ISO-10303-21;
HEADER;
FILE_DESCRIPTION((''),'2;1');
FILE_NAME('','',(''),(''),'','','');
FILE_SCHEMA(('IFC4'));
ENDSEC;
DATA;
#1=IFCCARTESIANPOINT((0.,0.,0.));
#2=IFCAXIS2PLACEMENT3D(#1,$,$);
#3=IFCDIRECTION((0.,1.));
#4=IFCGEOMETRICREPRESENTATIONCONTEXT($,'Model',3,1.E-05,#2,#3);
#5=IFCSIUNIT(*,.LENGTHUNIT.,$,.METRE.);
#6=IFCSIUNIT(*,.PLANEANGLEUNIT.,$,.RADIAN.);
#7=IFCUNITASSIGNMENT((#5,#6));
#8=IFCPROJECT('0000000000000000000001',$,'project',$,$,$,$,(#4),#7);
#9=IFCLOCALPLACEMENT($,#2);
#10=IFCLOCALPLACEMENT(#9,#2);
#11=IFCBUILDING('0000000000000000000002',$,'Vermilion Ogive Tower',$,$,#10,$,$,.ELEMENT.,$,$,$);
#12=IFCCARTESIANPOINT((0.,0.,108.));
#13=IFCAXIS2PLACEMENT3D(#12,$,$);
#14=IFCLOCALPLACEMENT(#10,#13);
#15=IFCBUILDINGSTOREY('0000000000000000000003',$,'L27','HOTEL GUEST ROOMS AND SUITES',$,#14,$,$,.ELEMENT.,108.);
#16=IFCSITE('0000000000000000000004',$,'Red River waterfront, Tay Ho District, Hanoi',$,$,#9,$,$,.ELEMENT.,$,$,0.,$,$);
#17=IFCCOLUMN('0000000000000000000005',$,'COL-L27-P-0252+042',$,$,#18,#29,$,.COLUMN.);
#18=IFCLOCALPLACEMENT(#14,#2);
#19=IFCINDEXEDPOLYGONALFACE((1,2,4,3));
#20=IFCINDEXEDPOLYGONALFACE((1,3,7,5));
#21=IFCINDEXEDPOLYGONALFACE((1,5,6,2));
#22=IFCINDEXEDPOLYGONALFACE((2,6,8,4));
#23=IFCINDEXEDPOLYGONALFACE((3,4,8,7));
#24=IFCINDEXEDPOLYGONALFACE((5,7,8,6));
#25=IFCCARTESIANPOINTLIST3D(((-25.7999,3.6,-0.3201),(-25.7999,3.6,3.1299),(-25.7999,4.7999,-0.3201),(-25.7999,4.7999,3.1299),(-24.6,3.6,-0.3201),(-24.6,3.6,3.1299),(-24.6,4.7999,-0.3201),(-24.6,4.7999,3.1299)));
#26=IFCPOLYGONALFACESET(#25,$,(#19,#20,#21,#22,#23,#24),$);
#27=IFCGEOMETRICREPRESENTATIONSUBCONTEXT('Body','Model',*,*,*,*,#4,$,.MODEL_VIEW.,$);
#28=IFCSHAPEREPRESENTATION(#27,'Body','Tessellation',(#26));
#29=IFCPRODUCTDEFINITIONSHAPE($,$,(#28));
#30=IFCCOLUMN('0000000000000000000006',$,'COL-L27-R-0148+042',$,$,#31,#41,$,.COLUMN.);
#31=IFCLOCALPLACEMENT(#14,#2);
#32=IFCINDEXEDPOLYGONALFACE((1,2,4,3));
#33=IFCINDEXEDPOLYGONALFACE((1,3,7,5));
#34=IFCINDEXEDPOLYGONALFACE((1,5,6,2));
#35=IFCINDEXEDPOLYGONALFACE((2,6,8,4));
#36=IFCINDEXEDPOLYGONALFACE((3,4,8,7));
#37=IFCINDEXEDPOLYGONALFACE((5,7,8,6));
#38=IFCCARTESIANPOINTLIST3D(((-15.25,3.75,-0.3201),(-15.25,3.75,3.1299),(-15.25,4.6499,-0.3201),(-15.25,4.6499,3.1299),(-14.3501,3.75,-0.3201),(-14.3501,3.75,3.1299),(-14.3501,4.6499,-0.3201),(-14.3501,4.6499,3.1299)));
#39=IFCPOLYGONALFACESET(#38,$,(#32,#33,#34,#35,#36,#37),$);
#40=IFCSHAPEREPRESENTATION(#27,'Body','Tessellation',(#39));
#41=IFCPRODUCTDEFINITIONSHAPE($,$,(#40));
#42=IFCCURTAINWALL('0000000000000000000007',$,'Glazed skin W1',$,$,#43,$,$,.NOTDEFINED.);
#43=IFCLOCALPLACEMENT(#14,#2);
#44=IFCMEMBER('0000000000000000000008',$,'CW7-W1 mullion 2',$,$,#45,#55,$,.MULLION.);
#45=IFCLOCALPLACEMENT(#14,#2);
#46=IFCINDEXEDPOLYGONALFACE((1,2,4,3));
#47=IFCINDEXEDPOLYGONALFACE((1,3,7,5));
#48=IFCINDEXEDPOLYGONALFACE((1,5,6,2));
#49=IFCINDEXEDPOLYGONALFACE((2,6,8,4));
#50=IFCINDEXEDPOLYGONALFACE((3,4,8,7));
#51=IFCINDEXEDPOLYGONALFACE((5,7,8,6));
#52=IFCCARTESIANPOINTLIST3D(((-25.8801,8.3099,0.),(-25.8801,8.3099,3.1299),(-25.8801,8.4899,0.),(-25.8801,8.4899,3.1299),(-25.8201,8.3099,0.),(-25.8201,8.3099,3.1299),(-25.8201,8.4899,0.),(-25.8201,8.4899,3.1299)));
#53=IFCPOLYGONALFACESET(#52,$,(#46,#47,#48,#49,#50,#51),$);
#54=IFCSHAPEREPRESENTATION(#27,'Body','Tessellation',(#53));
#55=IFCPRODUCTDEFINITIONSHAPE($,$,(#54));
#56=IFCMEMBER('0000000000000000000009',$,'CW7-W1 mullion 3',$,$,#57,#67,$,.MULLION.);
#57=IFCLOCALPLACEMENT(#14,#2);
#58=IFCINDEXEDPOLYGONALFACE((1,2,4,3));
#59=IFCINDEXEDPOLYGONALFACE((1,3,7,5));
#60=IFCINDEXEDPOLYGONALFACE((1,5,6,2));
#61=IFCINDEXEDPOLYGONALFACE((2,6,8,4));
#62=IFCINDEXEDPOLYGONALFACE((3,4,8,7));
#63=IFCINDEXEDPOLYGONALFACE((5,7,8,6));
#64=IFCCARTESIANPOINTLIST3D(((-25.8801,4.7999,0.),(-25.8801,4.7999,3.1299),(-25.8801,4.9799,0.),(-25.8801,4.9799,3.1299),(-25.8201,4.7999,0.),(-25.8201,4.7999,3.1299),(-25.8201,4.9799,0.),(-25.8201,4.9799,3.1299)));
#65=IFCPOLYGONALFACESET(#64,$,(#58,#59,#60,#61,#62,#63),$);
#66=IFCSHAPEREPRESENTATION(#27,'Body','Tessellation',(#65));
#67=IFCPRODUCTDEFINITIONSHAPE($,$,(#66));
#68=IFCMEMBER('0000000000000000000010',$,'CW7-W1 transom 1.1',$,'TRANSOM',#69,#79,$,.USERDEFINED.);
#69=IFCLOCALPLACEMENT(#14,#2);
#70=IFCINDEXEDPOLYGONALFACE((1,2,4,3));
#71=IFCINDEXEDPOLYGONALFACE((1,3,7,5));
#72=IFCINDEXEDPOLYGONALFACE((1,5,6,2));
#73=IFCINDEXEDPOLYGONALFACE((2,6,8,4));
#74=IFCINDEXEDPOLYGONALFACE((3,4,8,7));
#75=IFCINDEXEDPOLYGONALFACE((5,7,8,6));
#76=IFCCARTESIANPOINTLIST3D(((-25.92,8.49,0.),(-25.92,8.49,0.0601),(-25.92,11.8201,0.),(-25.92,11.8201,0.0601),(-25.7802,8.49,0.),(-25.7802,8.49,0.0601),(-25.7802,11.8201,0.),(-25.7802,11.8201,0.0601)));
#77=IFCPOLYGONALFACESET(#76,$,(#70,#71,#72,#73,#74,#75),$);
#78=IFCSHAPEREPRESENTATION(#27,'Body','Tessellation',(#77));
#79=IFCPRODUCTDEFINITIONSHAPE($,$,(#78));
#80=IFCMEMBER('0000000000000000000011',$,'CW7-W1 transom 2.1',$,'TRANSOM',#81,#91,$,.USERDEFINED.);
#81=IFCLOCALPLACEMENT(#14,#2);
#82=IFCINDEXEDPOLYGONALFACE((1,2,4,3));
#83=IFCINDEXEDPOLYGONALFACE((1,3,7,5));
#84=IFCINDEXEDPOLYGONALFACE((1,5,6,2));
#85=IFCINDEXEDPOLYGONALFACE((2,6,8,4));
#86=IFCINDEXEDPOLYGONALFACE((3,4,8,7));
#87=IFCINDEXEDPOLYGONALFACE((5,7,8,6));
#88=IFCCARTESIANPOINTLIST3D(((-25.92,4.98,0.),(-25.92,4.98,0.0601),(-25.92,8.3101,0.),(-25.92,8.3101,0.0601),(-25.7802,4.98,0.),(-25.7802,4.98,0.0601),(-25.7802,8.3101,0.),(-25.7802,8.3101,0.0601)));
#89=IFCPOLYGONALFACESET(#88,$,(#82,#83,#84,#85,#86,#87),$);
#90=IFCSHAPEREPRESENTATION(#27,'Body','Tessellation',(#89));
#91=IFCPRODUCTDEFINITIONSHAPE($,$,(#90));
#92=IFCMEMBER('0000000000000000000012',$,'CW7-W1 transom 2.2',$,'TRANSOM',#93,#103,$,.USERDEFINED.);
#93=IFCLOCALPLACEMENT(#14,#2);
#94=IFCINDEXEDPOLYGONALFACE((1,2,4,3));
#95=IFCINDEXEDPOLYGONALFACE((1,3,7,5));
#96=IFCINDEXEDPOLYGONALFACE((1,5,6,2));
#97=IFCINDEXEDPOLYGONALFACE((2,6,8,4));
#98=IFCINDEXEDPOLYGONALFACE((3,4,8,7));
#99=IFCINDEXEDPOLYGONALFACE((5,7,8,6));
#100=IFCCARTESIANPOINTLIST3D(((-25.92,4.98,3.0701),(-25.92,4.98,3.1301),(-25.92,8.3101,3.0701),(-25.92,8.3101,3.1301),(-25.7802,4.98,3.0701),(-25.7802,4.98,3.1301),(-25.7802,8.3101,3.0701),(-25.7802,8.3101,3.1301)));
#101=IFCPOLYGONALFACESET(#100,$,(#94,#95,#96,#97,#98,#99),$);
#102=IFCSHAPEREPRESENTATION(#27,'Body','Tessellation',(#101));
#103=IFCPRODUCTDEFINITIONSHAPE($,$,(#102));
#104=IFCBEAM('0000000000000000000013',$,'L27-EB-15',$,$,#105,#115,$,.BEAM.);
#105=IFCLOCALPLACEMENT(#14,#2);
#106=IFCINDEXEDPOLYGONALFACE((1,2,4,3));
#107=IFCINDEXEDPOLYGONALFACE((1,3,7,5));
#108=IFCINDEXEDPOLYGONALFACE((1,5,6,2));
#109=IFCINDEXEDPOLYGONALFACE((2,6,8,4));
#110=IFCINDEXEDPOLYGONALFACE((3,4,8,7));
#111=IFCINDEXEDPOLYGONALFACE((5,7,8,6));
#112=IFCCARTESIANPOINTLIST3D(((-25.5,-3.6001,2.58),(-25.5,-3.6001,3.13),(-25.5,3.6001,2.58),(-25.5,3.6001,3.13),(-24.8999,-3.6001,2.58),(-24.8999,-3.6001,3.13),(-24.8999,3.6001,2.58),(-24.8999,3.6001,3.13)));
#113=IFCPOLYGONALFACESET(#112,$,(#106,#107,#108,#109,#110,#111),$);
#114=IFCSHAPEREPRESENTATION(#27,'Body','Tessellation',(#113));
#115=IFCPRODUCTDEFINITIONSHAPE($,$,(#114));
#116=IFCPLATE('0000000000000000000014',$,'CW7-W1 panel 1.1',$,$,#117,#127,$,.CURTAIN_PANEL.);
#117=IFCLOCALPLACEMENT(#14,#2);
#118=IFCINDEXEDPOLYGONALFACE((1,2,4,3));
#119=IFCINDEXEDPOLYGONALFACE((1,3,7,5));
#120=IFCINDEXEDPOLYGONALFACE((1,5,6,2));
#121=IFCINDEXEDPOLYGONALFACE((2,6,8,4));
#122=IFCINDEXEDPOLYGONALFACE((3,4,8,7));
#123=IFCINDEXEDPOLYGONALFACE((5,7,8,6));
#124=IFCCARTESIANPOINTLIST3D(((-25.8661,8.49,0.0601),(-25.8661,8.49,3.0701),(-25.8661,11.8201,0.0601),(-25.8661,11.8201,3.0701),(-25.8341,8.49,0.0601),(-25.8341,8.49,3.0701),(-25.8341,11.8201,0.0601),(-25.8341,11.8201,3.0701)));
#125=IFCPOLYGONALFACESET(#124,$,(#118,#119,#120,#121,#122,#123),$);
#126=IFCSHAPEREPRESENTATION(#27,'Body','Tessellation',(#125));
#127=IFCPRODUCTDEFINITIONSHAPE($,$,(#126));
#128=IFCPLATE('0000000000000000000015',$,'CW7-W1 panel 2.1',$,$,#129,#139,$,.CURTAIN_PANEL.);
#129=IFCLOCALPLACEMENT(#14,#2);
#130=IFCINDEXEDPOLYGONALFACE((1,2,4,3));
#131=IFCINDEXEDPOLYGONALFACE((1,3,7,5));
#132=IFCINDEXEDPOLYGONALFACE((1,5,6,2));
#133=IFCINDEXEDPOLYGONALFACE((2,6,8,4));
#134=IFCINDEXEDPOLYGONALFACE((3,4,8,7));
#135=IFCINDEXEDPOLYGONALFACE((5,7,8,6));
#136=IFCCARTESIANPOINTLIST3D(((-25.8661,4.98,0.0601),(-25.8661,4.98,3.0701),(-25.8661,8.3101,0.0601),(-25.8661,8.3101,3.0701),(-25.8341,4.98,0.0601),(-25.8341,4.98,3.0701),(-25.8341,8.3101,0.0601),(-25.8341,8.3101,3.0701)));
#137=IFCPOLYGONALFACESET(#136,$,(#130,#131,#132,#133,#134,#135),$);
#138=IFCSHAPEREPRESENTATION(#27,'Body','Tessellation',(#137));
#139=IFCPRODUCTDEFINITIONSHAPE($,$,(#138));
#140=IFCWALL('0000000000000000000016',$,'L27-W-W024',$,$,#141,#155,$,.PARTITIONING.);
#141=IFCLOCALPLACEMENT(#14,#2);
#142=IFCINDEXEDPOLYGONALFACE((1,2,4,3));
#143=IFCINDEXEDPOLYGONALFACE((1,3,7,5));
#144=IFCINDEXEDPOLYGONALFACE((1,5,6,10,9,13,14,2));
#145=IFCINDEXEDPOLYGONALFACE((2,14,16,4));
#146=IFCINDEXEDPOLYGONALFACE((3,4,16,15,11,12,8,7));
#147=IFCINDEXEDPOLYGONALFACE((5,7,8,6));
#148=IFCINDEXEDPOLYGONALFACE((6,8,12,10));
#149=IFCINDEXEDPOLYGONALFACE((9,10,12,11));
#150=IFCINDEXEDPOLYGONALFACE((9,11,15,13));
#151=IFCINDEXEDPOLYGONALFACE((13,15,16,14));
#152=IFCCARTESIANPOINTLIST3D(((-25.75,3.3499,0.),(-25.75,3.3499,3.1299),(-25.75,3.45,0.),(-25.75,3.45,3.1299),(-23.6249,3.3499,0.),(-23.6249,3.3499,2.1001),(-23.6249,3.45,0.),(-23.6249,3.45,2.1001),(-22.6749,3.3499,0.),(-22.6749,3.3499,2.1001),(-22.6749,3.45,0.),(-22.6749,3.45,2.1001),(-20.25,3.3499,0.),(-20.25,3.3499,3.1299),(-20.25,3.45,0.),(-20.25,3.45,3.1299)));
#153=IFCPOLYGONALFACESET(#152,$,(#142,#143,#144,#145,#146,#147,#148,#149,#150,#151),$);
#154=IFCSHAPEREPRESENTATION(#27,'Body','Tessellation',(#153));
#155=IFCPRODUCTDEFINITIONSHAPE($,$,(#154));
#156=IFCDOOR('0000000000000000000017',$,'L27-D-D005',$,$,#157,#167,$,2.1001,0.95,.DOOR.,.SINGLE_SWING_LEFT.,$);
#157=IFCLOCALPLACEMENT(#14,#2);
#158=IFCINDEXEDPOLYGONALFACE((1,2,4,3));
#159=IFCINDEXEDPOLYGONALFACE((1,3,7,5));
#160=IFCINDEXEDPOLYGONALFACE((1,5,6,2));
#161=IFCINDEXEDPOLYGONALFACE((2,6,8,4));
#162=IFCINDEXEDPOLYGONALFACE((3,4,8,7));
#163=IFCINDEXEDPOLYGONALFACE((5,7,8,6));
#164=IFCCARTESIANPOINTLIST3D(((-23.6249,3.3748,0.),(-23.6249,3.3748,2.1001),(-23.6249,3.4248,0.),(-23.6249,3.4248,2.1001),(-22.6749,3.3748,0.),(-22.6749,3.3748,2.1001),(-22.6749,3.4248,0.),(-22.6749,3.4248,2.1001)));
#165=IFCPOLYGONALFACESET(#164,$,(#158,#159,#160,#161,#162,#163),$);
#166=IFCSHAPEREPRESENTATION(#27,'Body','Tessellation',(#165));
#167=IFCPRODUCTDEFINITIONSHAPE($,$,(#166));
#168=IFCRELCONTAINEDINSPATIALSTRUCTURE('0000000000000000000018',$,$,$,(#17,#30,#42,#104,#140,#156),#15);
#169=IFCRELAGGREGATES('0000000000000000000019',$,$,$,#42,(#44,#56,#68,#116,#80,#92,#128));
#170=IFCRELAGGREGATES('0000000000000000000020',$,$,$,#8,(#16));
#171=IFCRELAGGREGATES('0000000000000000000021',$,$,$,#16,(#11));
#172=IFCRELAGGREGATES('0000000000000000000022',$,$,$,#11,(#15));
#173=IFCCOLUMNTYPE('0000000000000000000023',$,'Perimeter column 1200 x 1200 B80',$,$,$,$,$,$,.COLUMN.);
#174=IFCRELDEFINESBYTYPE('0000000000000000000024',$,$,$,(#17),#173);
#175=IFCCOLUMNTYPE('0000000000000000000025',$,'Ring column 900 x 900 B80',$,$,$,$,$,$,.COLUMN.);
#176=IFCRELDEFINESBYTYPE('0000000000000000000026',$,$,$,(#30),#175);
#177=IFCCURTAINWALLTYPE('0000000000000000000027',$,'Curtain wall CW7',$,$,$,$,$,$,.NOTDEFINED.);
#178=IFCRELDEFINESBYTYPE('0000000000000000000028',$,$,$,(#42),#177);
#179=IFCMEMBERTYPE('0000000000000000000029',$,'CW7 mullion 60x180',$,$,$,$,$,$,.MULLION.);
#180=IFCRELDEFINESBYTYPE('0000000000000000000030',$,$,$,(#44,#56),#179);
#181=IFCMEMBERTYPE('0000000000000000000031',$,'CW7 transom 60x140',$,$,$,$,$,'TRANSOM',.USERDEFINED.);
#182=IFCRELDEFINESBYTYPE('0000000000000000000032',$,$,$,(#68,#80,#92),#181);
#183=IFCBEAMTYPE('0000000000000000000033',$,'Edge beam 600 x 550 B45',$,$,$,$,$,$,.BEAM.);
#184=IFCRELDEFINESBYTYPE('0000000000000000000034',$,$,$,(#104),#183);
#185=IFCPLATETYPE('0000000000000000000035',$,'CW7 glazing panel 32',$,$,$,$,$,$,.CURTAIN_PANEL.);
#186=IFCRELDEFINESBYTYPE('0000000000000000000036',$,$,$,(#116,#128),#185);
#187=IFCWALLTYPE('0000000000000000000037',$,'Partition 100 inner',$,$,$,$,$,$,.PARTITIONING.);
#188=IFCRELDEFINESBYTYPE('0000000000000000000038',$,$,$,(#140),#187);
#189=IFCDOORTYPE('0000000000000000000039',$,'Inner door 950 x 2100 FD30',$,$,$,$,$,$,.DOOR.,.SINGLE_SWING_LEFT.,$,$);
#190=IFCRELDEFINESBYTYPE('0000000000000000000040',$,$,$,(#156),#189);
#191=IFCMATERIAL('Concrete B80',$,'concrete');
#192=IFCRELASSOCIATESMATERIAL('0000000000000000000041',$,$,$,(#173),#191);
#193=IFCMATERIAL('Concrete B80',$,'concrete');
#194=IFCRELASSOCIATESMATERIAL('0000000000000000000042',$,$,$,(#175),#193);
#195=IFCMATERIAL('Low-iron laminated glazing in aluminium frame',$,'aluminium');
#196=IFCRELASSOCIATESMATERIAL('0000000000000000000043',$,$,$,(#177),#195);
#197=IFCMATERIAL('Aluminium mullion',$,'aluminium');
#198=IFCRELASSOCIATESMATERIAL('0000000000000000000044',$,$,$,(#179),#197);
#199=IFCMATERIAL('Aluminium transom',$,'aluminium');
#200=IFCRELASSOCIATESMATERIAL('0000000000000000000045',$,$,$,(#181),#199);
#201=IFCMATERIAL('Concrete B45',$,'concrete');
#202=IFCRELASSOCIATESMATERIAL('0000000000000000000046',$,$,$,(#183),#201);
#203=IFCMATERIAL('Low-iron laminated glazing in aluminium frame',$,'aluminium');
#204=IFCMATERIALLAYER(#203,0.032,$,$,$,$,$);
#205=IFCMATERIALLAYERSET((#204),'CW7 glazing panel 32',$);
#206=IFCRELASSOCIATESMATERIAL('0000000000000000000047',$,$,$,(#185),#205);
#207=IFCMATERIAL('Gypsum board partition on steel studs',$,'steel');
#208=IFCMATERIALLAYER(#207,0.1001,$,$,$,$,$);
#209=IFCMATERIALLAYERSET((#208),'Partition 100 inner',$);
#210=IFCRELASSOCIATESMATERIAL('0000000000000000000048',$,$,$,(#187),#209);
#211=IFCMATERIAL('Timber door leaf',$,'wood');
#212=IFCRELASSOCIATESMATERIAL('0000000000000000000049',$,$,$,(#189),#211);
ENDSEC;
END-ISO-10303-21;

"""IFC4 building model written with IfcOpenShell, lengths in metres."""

from ifc_helpers import new_model, si_unit, direction, frame, frame_2d, origin, origin_2d, place, context, subcontext, project, spatial, rectangle, extrude, material, layer, layer_set, material_profile, profile_set, type_object, element, fill, aggregate, save


model = new_model("IFC4")

# Units and contexts
model_context = context("Model", 3, precision=1e-05, world=origin(), true_north=direction((0.0, 1.0)))
body_context = subcontext(model_context, "Body", "Model", "MODEL_VIEW")
ifc_project = project(units=[si_unit("LENGTHUNIT", "METRE"), si_unit("PLANEANGLEUNIT", "RADIAN")], contexts=[model_context])

# Site, building, storey
site_placement = place(None, origin())
site = spatial("IfcSite", under=ifc_project, at=site_placement, Name="Red River waterfront, Tay Ho District, Hanoi", CompositionType="ELEMENT", RefElevation=0.0)
building_placement = place(site_placement, origin())
building = spatial("IfcBuilding", under=site, at=building_placement, Name="Vermilion Ogive Tower", CompositionType="ELEMENT")
storey_placement = place(building_placement, frame((0.0, 0.0, 108.0)))
storey = spatial("IfcBuildingStorey", under=building, at=storey_placement, Name="L27", Description="HOTEL GUEST ROOMS AND SUITES", CompositionType="ELEMENT", Elevation=108.0)

# Columns
ifc_material_1 = material(Name="Concrete B80", Category="concrete")
ifc_material_profile_1 = material_profile(ifc_material_1, rectangle(XDim=1.2, YDim=1.2, at=origin_2d()), Name="1200 x 1200")
ifc_profile_set_1 = profile_set([ifc_material_profile_1], Name="Concrete B80")
column_type_1 = type_object("IfcColumnType", Name="Perimeter column 1200 x 1200 B80", PredefinedType="COLUMN", material=ifc_profile_set_1)
column_1_placement = place(storey_placement, frame((-25.2, 4.2, -0.3201), z_axis=(0.0, 0.0, 1.0), x_axis=(1.0, 0.0, 0.0)))
element("IfcColumn", 1, at=column_1_placement, inside=storey, type_object=column_type_1, Name="COL-L27-P-0252+042", PredefinedType="COLUMN", context=body_context, shape_type="SweptSolid", body=[
    extrude(rectangle(XDim=1.2, YDim=1.2, at=origin_2d()), origin(), (0.0, 0.0, 1.0), 3.45),
])
ifc_material_2 = material(Name="Concrete B80", Category="concrete")
ifc_material_profile_2 = material_profile(ifc_material_2, rectangle(XDim=0.8999, YDim=0.8999, at=origin_2d()), Name="900 x 900")
ifc_profile_set_2 = profile_set([ifc_material_profile_2], Name="Concrete B80")
column_type_2 = type_object("IfcColumnType", Name="Ring column 900 x 900 B80", PredefinedType="COLUMN", material=ifc_profile_set_2)
column_2_placement = place(storey_placement, frame((-14.8, 4.2, -0.3201), z_axis=(0.0, 0.0, 1.0), x_axis=(1.0, 0.0, 0.0)))
element("IfcColumn", 2, at=column_2_placement, inside=storey, type_object=column_type_2, Name="COL-L27-R-0148+042", PredefinedType="COLUMN", context=body_context, shape_type="SweptSolid", body=[
    extrude(rectangle(XDim=0.8999, YDim=0.8999, at=origin_2d()), origin(), (0.0, 0.0, 1.0), 3.45),
])

# Curtain wall, members
ifc_material_3 = material(Name="Low-iron laminated glazing in aluminium frame", Category="aluminium")
curtain_wall_type = type_object("IfcCurtainWallType", Name="Curtain wall CW7", PredefinedType="NOTDEFINED", material=ifc_material_3)
curtain_wall_placement = place(storey_placement, origin())
curtain_wall = element("IfcCurtainWall", 3, at=curtain_wall_placement, inside=storey, type_object=curtain_wall_type, Name="Glazed skin W1", PredefinedType="NOTDEFINED")
ifc_material_4 = material(Name="Aluminium mullion", Category="aluminium")
ifc_material_profile_3 = material_profile(ifc_material_4, rectangle(XDim=0.0601, YDim=0.1799, at=origin_2d()), Name="AL 60x180")
ifc_profile_set_3 = profile_set([ifc_material_profile_3], Name="Aluminium mullion")
member_type_1 = type_object("IfcMemberType", Name="CW7 mullion 60x180", PredefinedType="MULLION", material=ifc_profile_set_3)
member_1_placement = place(storey_placement, frame((-25.8501, 8.3999, 0.0), z_axis=(0.0, 0.0, 1.0), x_axis=(1.0, 0.0, 0.0)))
member_1 = element("IfcMember", 4, at=member_1_placement, type_object=member_type_1, Name="CW7-W1 mullion 2", PredefinedType="MULLION", context=body_context, shape_type="SweptSolid", body=[
    extrude(rectangle(XDim=0.0601, YDim=0.1799, at=origin_2d()), origin(), (0.0, 0.0, 1.0), 3.1299),
])
member_2_placement = place(storey_placement, frame((-25.8501, 4.8899, 0.0), z_axis=(0.0, 0.0, 1.0), x_axis=(1.0, 0.0, 0.0)))
member_2 = element("IfcMember", 5, at=member_2_placement, type_object=member_type_1, Name="CW7-W1 mullion 3", PredefinedType="MULLION", context=body_context, shape_type="SweptSolid", body=[
    extrude(rectangle(XDim=0.0601, YDim=0.1799, at=origin_2d()), origin(), (0.0, 0.0, 1.0), 3.1299),
])
ifc_material_5 = material(Name="Aluminium transom", Category="aluminium")
ifc_material_profile_4 = material_profile(ifc_material_5, rectangle(XDim=0.1399, YDim=0.0601, at=origin_2d()), Name="AL 60x140")
ifc_profile_set_4 = profile_set([ifc_material_profile_4], Name="Aluminium transom")
member_type_2 = type_object("IfcMemberType", Name="CW7 transom 60x140", ElementType="TRANSOM", PredefinedType="USERDEFINED", material=ifc_profile_set_4)
member_3_placement = place(storey_placement, frame((-25.8501, 11.8201, 0.03), z_axis=(0.0, -1.0, 0.0), x_axis=(1.0, 0.0, 0.0)))
member_3 = element("IfcMember", 6, at=member_3_placement, type_object=member_type_2, Name="CW7-W1 transom 1.1", ObjectType="TRANSOM", PredefinedType="USERDEFINED", context=body_context, shape_type="SweptSolid", body=[
    extrude(rectangle(XDim=0.1399, YDim=0.0601, at=origin_2d()), origin(), (0.0, 0.0, 1.0), 3.3301),
])
member_4_placement = place(storey_placement, frame((-25.8501, 8.3101, 0.03), z_axis=(0.0, -1.0, 0.0), x_axis=(1.0, 0.0, 0.0)))
member_4 = element("IfcMember", 7, at=member_4_placement, type_object=member_type_2, Name="CW7-W1 transom 2.1", ObjectType="TRANSOM", PredefinedType="USERDEFINED", context=body_context, shape_type="SweptSolid", body=[
    extrude(rectangle(XDim=0.1399, YDim=0.0601, at=origin_2d()), origin(), (0.0, 0.0, 1.0), 3.3301),
])
member_5_placement = place(storey_placement, frame((-25.8501, 8.3101, 3.1001), z_axis=(0.0, -1.0, 0.0), x_axis=(1.0, 0.0, 0.0)))
member_5 = element("IfcMember", 8, at=member_5_placement, type_object=member_type_2, Name="CW7-W1 transom 2.2", ObjectType="TRANSOM", PredefinedType="USERDEFINED", context=body_context, shape_type="SweptSolid", body=[
    extrude(rectangle(XDim=0.1399, YDim=0.0601, at=origin_2d()), origin(), (0.0, 0.0, 1.0), 3.3301),
])

# Beam
ifc_material_6 = material(Name="Concrete B45", Category="concrete")
ifc_material_profile_5 = material_profile(ifc_material_6, rectangle(XDim=0.6001, YDim=0.55, at=origin_2d()), Name="600 x 550")
ifc_profile_set_5 = profile_set([ifc_material_profile_5], Name="Concrete B45")
beam_type = type_object("IfcBeamType", Name="Edge beam 600 x 550 B45", PredefinedType="BEAM", material=ifc_profile_set_5)
beam_placement = place(storey_placement, frame((-25.2, 3.6001, 2.855), z_axis=(0.0, -1.0, 0.0), x_axis=(1.0, 0.0, 0.0)))
element("IfcBeam", 9, at=beam_placement, inside=storey, type_object=beam_type, Name="L27-EB-15", PredefinedType="BEAM", context=body_context, shape_type="SweptSolid", body=[
    extrude(rectangle(XDim=0.6001, YDim=0.55, at=origin_2d()), origin(), (0.0, 0.0, 1.0), 7.2002),
])

# Plates
ifc_material_7 = material(Name="Low-iron laminated glazing in aluminium frame", Category="aluminium")
ifc_layer_1 = layer(ifc_material_7, 0.032)
ifc_layer_set_1 = layer_set([ifc_layer_1], Name="CW7 glazing panel 32")
plate_type = type_object("IfcPlateType", Name="CW7 glazing panel 32", PredefinedType="CURTAIN_PANEL", material=ifc_layer_set_1)
plate_1_placement = place(storey_placement, frame((-25.8501, 10.155, 0.0601), z_axis=(0.0, 0.0, 1.0), x_axis=(0.0, -1.0, 0.0)))
plate_1 = element("IfcPlate", 10, at=plate_1_placement, type_object=plate_type, Name="CW7-W1 panel 1.1", PredefinedType="CURTAIN_PANEL", context=body_context, shape_type="SweptSolid", body=[
    extrude(rectangle(XDim=3.3301, YDim=0.032, at=origin_2d()), origin(), (0.0, 0.0, 1.0), 3.01),
])
plate_2_placement = place(storey_placement, frame((-25.8501, 6.645, 0.0601), z_axis=(0.0, 0.0, 1.0), x_axis=(0.0, -1.0, 0.0)))
plate_2 = element("IfcPlate", 11, at=plate_2_placement, type_object=plate_type, Name="CW7-W1 panel 2.1", PredefinedType="CURTAIN_PANEL", context=body_context, shape_type="SweptSolid", body=[
    extrude(rectangle(XDim=3.3301, YDim=0.032, at=origin_2d()), origin(), (0.0, 0.0, 1.0), 3.01),
])
aggregate(curtain_wall, [member_1, member_2, member_3, plate_1, member_4, member_5, plate_2])

# Wall, opening, door
ifc_material_8 = material(Name="Gypsum board partition on steel studs", Category="steel")
ifc_layer_2 = layer(ifc_material_8, 0.1001)
ifc_layer_set_2 = layer_set([ifc_layer_2], Name="Partition 100 inner")
wall_type_1 = type_object("IfcWallType", Name="Partition 100 inner", PredefinedType="PARTITIONING", material=ifc_layer_set_2)
wall_1_placement = place(storey_placement, frame((-25.75, 3.3999, 0.0), z_axis=(0.0, 0.0, 1.0), x_axis=(1.0, 0.0, 0.0)))
wall_1 = element("IfcWall", 12, at=wall_1_placement, inside=storey, type_object=wall_type_1, Name="L27-W-W024", PredefinedType="PARTITIONING", context=body_context, shape_type="SweptSolid", body=[
    extrude(rectangle(XDim=5.5, YDim=0.1001, at=frame_2d((2.75, 0.0))), origin(), (0.0, 0.0, 1.0), 3.1299),
])
opening_1_placement = place(wall_1_placement, frame((2.125, 0.0, 0.0)))
opening_1 = element("IfcOpeningElement", 13, at=opening_1_placement, cuts=wall_1, PredefinedType="OPENING", context=body_context, shape_type="SweptSolid", body=[
    extrude(rectangle(XDim=0.95, YDim=2.1001, at=frame_2d((0.4751, 1.05))), frame((0.0, 0.0601, 0.0), z_axis=(0.0, -1.0, 0.0), x_axis=(1.0, 0.0, 0.0)), (0.0, 0.0, 1.0), 0.1201),
])
ifc_material_9 = material(Name="Timber door leaf", Category="wood")
door_type_1 = type_object("IfcDoorType", Name="Inner door 950 x 2100 FD30", OperationType="SINGLE_SWING_LEFT", PredefinedType="DOOR", material=ifc_material_9)
door_1_placement = place(opening_1_placement, origin())
door_1 = element("IfcDoor", 14, at=door_1_placement, inside=storey, type_object=door_type_1, Name="L27-D-D005", OperationType="SINGLE_SWING_LEFT", OverallHeight=2.1001, OverallWidth=0.95, PredefinedType="DOOR", context=body_context, shape_type="SweptSolid", body=[
    extrude(rectangle(XDim=0.95, YDim=2.1001, at=frame_2d((0.4751, 1.05))), frame((0.0, 0.0249, 0.0), z_axis=(0.0, -1.0, 0.0), x_axis=(1.0, 0.0, 0.0)), (0.0, 0.0, 1.0), 0.05),
])
fill(opening_1, door_1)

save(model, "model.ifc")
